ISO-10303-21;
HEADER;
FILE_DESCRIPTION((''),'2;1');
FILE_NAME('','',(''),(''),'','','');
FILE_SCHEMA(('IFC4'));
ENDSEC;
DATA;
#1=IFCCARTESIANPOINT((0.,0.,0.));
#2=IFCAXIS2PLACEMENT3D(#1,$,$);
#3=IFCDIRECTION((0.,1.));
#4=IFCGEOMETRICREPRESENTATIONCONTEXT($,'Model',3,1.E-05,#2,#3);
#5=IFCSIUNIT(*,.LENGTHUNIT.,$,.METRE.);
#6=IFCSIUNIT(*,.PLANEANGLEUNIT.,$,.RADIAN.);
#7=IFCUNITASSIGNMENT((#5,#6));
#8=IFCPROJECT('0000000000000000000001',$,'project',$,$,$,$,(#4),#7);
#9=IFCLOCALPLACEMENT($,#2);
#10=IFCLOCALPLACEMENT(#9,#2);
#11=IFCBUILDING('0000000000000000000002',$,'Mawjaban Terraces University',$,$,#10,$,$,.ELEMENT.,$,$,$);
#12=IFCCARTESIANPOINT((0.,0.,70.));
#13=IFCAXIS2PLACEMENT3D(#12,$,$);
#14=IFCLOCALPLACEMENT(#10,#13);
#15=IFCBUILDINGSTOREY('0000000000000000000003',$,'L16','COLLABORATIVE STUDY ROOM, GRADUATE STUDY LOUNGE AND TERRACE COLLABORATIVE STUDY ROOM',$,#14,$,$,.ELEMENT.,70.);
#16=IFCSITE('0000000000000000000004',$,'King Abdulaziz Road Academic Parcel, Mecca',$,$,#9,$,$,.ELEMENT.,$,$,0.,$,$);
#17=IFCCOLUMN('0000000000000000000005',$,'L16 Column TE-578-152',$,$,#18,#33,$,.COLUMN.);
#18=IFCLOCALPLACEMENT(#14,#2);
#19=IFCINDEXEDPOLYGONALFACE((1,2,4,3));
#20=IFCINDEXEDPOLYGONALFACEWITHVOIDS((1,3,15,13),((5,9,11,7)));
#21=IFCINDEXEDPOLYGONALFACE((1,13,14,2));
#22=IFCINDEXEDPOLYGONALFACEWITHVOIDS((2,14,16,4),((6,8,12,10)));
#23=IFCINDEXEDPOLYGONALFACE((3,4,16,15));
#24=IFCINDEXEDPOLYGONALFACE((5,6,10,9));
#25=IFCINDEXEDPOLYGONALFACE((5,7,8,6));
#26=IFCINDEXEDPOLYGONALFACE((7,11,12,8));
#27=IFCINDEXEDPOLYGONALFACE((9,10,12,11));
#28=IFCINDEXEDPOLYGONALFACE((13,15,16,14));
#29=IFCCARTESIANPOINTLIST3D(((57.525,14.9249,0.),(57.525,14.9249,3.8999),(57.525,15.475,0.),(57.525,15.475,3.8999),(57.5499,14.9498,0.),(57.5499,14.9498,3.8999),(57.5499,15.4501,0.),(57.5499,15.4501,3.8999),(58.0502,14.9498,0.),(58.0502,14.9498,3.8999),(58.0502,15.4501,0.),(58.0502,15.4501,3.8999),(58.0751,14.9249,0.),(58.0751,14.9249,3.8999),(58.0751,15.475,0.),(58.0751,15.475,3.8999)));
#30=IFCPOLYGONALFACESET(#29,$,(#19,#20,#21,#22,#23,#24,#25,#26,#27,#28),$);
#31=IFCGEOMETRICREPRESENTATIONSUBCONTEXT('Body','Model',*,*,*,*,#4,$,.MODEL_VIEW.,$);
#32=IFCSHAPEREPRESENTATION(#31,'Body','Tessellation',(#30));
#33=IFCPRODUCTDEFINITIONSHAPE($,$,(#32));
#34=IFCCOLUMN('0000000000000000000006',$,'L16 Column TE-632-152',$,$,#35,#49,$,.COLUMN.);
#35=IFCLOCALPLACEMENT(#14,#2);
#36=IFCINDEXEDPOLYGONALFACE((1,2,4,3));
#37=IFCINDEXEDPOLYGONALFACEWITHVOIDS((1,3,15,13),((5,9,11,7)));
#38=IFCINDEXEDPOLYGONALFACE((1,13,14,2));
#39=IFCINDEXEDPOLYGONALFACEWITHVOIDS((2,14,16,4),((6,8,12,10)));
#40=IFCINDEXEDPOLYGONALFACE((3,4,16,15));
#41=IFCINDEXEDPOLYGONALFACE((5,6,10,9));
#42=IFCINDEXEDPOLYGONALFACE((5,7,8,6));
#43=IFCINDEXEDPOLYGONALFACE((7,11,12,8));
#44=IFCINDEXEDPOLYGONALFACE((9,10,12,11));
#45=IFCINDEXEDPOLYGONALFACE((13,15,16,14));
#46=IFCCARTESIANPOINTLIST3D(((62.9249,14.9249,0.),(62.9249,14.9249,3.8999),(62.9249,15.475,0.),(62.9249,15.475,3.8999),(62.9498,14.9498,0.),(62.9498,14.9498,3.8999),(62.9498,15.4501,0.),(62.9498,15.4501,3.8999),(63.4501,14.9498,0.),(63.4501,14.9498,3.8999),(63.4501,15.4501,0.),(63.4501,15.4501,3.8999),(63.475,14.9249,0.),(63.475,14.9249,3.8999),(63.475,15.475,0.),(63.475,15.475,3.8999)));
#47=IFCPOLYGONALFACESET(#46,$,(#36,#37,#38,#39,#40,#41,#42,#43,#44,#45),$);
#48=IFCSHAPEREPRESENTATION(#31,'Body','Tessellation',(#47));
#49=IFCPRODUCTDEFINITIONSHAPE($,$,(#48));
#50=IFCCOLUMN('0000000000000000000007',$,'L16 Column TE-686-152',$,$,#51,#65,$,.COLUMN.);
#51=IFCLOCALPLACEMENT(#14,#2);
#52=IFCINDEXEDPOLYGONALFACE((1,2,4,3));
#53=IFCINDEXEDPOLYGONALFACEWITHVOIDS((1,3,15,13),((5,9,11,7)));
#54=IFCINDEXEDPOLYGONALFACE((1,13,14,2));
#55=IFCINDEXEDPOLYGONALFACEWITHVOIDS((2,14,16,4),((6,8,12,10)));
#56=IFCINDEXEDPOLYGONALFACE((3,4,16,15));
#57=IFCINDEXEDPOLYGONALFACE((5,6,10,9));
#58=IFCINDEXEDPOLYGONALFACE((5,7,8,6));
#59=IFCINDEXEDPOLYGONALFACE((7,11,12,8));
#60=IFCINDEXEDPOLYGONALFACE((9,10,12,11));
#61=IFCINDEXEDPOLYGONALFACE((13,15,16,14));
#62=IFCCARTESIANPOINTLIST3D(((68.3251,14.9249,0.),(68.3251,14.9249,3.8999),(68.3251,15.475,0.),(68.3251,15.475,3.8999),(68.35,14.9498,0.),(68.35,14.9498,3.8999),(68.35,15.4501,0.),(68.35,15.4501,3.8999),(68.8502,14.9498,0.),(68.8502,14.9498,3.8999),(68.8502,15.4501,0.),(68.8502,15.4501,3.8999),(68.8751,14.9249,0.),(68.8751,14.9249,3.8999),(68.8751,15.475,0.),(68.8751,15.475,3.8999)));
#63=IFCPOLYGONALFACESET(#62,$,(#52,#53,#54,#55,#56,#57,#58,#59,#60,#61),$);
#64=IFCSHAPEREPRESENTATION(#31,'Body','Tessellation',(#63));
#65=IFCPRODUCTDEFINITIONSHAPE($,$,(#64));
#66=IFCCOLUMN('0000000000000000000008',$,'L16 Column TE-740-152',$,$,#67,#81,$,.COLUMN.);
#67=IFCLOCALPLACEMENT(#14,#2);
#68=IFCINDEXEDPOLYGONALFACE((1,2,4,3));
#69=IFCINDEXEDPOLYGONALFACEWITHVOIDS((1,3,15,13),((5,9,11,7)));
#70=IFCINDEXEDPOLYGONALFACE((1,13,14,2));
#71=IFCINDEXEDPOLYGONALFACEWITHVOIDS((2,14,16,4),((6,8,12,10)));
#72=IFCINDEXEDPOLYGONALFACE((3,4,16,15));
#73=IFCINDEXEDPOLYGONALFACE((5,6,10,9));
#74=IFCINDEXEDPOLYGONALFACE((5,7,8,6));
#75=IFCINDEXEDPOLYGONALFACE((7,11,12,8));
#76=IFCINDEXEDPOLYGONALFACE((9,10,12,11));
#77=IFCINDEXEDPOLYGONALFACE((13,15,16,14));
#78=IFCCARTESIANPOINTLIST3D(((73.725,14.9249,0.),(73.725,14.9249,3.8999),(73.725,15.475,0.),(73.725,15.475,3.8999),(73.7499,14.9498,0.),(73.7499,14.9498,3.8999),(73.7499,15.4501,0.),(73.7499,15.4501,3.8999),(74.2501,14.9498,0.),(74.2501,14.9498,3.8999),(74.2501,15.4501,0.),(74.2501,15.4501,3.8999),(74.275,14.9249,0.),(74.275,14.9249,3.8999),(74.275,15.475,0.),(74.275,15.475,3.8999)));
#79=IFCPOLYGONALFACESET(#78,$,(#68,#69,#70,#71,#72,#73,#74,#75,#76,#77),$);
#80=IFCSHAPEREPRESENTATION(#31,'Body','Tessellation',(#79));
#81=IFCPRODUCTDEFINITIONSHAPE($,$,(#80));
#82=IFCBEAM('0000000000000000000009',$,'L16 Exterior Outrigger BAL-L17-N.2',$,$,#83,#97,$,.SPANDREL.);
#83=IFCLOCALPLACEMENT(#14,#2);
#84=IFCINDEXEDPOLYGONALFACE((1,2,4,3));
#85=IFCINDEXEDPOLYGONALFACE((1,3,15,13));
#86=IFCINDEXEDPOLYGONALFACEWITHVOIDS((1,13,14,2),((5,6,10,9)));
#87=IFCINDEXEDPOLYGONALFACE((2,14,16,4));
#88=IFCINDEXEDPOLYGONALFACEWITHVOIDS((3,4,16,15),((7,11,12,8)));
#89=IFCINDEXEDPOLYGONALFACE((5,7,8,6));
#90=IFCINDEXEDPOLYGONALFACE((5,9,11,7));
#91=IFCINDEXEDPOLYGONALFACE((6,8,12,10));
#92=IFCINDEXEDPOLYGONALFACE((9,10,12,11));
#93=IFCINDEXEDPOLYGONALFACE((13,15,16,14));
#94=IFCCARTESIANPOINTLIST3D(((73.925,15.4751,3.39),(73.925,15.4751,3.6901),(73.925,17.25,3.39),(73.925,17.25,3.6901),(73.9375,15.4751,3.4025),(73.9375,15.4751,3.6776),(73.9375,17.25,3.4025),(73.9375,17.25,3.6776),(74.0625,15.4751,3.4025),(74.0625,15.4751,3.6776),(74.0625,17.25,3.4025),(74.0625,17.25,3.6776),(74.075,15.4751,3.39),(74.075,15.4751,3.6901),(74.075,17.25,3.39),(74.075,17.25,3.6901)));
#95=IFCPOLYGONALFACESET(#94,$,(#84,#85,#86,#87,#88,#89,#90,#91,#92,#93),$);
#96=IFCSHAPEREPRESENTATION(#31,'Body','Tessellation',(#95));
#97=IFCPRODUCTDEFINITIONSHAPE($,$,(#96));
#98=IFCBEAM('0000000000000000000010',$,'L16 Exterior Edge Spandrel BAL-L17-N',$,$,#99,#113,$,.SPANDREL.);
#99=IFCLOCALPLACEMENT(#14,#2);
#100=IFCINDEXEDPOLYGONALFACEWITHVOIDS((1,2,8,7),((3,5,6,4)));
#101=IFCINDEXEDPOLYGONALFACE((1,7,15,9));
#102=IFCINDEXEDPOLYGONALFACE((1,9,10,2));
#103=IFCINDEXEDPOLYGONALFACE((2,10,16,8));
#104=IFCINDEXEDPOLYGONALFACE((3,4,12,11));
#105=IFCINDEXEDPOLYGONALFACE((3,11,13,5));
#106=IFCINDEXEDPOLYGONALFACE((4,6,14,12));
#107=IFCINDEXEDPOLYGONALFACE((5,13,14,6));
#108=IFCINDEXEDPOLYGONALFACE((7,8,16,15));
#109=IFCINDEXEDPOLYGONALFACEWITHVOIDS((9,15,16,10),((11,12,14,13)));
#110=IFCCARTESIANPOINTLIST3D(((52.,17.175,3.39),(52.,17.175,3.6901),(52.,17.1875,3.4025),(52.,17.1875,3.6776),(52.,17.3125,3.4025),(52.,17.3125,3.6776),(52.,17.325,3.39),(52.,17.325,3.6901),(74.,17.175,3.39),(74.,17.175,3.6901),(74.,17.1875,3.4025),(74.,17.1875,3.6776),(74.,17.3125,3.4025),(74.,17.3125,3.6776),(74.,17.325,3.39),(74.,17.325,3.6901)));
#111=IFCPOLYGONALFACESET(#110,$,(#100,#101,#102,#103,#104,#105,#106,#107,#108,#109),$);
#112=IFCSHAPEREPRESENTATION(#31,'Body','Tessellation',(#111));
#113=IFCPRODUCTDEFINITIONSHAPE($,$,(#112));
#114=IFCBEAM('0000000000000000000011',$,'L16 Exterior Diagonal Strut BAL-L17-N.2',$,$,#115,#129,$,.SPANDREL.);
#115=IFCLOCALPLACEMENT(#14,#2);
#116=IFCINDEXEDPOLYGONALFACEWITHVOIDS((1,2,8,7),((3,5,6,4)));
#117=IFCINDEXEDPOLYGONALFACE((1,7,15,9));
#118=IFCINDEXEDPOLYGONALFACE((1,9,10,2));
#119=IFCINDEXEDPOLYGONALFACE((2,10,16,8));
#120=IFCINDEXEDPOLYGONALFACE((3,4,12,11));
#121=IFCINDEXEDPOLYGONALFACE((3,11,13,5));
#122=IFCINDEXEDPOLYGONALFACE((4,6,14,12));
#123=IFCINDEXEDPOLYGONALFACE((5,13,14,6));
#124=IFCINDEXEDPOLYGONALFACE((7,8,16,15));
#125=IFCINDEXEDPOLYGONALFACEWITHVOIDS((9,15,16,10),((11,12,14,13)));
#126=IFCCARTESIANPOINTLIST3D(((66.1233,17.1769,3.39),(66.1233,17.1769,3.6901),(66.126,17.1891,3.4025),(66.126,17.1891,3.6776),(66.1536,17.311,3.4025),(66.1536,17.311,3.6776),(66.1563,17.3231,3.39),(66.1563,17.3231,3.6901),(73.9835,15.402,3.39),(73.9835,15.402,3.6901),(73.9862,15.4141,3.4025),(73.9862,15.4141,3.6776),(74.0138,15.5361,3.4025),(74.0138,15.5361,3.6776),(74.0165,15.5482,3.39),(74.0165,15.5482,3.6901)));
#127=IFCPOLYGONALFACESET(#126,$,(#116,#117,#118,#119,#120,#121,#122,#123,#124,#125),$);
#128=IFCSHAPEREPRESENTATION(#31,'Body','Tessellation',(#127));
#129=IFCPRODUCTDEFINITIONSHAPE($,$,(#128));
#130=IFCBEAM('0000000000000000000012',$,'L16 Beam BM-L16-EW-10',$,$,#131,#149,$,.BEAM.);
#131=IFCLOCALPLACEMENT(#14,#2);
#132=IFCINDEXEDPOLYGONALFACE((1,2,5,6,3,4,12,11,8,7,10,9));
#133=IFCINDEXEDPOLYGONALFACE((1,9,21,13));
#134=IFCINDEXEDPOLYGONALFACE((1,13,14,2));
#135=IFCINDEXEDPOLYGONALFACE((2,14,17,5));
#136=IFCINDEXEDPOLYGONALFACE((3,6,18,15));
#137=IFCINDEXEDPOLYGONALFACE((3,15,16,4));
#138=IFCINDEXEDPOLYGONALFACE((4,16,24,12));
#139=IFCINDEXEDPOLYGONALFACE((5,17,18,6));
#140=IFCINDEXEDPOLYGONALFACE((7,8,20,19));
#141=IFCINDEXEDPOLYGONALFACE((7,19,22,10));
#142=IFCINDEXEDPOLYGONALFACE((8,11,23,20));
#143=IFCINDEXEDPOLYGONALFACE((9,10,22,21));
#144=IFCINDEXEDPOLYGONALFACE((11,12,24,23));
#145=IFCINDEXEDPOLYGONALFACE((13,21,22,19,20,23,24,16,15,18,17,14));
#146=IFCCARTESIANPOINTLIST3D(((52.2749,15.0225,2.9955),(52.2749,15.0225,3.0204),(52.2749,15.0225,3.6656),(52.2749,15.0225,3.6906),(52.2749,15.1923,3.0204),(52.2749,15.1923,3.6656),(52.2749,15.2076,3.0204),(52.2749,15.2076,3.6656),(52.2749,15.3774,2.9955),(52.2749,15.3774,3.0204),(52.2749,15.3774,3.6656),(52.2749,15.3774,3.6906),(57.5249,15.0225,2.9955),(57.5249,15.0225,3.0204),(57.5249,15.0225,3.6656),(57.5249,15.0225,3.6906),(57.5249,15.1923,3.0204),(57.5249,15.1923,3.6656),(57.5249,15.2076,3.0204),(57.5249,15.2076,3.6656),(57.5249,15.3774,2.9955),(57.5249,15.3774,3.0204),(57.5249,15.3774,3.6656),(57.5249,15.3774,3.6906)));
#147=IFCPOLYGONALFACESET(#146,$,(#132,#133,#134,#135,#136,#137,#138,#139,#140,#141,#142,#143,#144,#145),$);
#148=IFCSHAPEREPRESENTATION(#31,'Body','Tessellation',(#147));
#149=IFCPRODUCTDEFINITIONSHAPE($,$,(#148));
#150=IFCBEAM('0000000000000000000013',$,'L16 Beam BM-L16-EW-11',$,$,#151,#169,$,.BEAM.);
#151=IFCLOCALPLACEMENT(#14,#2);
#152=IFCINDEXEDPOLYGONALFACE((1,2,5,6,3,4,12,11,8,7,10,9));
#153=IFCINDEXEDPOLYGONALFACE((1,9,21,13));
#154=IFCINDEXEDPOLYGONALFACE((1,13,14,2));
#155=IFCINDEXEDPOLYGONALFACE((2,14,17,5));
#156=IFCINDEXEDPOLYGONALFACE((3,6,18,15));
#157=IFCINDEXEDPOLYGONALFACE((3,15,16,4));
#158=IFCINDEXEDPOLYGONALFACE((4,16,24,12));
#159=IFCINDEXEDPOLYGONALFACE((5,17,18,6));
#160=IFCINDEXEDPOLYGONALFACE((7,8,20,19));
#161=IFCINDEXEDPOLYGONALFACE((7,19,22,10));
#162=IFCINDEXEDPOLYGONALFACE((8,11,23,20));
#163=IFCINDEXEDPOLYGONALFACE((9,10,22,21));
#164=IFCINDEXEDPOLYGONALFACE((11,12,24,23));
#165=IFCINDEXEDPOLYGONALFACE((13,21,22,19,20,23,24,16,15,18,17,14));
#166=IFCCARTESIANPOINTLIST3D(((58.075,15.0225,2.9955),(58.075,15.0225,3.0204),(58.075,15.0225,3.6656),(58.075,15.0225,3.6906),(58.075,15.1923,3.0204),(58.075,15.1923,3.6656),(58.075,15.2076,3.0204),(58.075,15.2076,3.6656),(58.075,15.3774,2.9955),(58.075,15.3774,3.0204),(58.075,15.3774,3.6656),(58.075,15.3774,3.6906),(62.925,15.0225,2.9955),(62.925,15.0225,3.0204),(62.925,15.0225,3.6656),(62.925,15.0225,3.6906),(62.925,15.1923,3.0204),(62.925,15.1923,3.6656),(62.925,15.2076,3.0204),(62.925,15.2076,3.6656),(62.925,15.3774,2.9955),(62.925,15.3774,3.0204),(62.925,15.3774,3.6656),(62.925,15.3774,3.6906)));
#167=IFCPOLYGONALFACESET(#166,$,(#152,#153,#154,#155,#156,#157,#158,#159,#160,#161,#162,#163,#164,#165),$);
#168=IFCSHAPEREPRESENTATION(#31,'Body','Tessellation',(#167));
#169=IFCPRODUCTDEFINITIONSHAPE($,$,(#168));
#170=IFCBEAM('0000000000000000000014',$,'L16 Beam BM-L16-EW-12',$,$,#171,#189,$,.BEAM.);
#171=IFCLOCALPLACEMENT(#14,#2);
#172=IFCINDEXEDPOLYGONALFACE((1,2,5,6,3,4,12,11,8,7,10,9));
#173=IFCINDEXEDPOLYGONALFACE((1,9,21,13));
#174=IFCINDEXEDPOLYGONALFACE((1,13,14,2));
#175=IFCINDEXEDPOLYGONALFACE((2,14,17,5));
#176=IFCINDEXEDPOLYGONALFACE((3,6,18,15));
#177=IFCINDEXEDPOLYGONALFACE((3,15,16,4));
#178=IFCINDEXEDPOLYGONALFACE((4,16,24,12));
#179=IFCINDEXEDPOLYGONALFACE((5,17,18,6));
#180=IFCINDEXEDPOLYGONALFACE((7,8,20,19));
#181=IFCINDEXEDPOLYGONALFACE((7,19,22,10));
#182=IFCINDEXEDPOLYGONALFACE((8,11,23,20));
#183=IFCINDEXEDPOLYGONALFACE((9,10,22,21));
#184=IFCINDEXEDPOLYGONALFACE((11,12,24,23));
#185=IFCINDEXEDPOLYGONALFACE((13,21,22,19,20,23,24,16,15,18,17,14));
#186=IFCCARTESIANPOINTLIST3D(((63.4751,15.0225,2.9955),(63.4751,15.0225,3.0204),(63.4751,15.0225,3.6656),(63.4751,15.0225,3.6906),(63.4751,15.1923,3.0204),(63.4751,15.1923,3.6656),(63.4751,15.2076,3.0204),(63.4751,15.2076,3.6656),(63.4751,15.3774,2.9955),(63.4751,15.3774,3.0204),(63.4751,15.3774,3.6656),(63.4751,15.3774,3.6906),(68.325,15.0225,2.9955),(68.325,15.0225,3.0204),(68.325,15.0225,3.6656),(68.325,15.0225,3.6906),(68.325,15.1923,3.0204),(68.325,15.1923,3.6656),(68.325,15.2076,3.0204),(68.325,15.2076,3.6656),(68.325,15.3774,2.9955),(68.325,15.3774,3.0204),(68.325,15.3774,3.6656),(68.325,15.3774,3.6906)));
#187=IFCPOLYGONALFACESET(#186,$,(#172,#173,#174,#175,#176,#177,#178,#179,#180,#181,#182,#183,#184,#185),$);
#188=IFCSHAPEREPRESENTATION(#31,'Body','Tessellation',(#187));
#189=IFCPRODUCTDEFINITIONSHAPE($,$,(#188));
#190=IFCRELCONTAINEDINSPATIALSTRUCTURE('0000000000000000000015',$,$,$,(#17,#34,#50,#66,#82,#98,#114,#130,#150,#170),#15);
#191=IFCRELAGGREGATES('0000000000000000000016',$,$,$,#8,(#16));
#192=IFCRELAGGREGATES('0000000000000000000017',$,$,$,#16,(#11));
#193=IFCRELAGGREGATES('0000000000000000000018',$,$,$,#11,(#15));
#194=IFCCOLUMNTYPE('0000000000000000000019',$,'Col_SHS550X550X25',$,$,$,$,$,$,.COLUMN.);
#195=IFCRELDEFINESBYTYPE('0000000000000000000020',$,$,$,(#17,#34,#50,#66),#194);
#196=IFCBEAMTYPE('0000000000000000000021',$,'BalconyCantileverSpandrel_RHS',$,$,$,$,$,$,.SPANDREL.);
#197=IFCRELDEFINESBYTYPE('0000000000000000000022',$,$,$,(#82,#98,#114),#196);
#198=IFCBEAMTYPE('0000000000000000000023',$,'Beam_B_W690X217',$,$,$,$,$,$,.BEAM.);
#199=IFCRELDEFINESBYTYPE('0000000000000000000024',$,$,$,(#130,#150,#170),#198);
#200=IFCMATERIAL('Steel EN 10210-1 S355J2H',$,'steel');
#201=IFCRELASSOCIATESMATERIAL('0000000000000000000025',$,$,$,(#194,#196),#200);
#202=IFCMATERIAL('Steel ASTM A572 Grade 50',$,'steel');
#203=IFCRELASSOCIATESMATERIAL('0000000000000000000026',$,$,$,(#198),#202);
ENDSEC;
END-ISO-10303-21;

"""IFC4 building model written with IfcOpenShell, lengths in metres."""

from ifc_helpers import new_model, si_unit, direction, frame, origin, origin_2d, place, context, subcontext, project, spatial, hollow_rectangle, i_section, extrude, material, material_profile, profile_set, type_object, element, save


model = new_model("IFC4")

# Units and contexts
model_context = context("Model", 3, precision=1e-05, world=origin(), true_north=direction((0.0, 1.0)))
body_context = subcontext(model_context, "Body", "Model", "MODEL_VIEW")
ifc_project = project(units=[si_unit("LENGTHUNIT", "METRE"), si_unit("PLANEANGLEUNIT", "RADIAN")], contexts=[model_context])

# Site, building, storey
site_placement = place(None, origin())
site = spatial("IfcSite", under=ifc_project, at=site_placement, Name="King Abdulaziz Road Academic Parcel, Mecca", CompositionType="ELEMENT", RefElevation=0.0)
building_placement = place(site_placement, origin())
building = spatial("IfcBuilding", under=site, at=building_placement, Name="Mawjaban Terraces University", CompositionType="ELEMENT")
storey_placement = place(building_placement, frame((0.0, 0.0, 70.0)))
storey = spatial("IfcBuildingStorey", under=building, at=storey_placement, Name="L16", Description="COLLABORATIVE STUDY ROOM, GRADUATE STUDY LOUNGE AND TERRACE COLLABORATIVE STUDY ROOM", CompositionType="ELEMENT", Elevation=70.0)

# Columns
ifc_material_1 = material(Name="Steel EN 10210-1 S355J2H", Category="steel")
ifc_material_profile_1 = material_profile(ifc_material_1, hollow_rectangle(XDim=0.55, YDim=0.55, WallThickness=0.0249, at=origin_2d()), Name="SHS550X550X25")
ifc_profile_set_1 = profile_set([ifc_material_profile_1], Name="Steel EN 10210-1 S355J2H")
column_type = type_object("IfcColumnType", Name="Col_SHS550X550X25", PredefinedType="COLUMN", material=ifc_profile_set_1)
for number, where, z_axis, x_axis, name in (
    (1, (57.8, 15.2, 0.0), (0.0, 0.0, 1.0), (1.0, 0.0, 0.0), "L16 Column TE-578-152"),
    (2, (63.2, 15.2, 0.0), (0.0, 0.0, 1.0), (1.0, 0.0, 0.0), "L16 Column TE-632-152"),
    (3, (68.6001, 15.2, 0.0), (0.0, 0.0, 1.0), (1.0, 0.0, 0.0), "L16 Column TE-686-152"),
    (4, (74.0, 15.2, 0.0), (0.0, 0.0, 1.0), (1.0, 0.0, 0.0), "L16 Column TE-740-152"),
):
    element("IfcColumn", number, at=place(storey_placement, frame(where, z_axis=z_axis, x_axis=x_axis)), inside=storey, type_object=column_type, Name=name, PredefinedType="COLUMN", context=body_context, shape_type="SweptSolid", body=[
        extrude(hollow_rectangle(XDim=0.55, YDim=0.55, WallThickness=0.0249, at=origin_2d()), origin(), (0.0, 0.0, 1.0), 3.8999),
    ])

# Beams
ifc_material_profile_2 = material_profile(ifc_material_1, hollow_rectangle(XDim=0.1499, YDim=0.3, WallThickness=0.0125, at=origin_2d()), Name="RHS300X150X12.5")
ifc_profile_set_2 = profile_set([ifc_material_profile_2], Name="Steel EN 10210-1 S355J2H")
beam_type_1 = type_object("IfcBeamType", Name="BalconyCantileverSpandrel_RHS", PredefinedType="SPANDREL", material=ifc_profile_set_2)
beam_1_placement = place(storey_placement, frame((74.0, 15.4751, 3.54), z_axis=(0.0, 1.0, 0.0), x_axis=(-1.0, 0.0, 0.0)))
element("IfcBeam", 5, at=beam_1_placement, inside=storey, type_object=beam_type_1, Name="L16 Exterior Outrigger BAL-L17-N.2", PredefinedType="SPANDREL", context=body_context, shape_type="SweptSolid", body=[
    extrude(hollow_rectangle(XDim=0.1499, YDim=0.3, WallThickness=0.0125, at=origin_2d()), origin(), (0.0, 0.0, 1.0), 1.7749),
])
beam_2_placement = place(storey_placement, frame((52.0, 17.25, 3.54), z_axis=(1.0, 0.0, 0.0), x_axis=(0.0, 1.0, 0.0)))
element("IfcBeam", 6, at=beam_2_placement, inside=storey, type_object=beam_type_1, Name="L16 Exterior Edge Spandrel BAL-L17-N", PredefinedType="SPANDREL", context=body_context, shape_type="SweptSolid", body=[
    extrude(hollow_rectangle(XDim=0.1499, YDim=0.3, WallThickness=0.0125, at=origin_2d()), origin(), (0.0, 0.0, 1.0), 22.0),
])
beam_3_placement = place(storey_placement, frame((74.0, 15.4751, 3.54), z_axis=(-0.97544, 0.220266, 0.0), x_axis=(-0.220266, -0.97544, 0.0)))
element("IfcBeam", 7, at=beam_3_placement, inside=storey, type_object=beam_type_1, Name="L16 Exterior Diagonal Strut BAL-L17-N.2", PredefinedType="SPANDREL", context=body_context, shape_type="SweptSolid", body=[
    extrude(hollow_rectangle(XDim=0.1499, YDim=0.3, WallThickness=0.0125, at=origin_2d()), origin(), (0.0, 0.0, 1.0), 8.0581),
])
ifc_material_2 = material(Name="Steel ASTM A572 Grade 50", Category="steel")
ifc_material_profile_3 = material_profile(ifc_material_2, i_section(OverallWidth=0.355, OverallDepth=0.6951, WebThickness=0.0154, FlangeThickness=0.0249, at=origin_2d()), Name="W690X217")
ifc_profile_set_3 = profile_set([ifc_material_profile_3], Name="Steel ASTM A572 Grade 50")
beam_type_2 = type_object("IfcBeamType", Name="Beam_B_W690X217", PredefinedType="BEAM", material=ifc_profile_set_3)
beam_4_placement = place(storey_placement, frame((52.2749, 15.2, 3.343), z_axis=(1.0, 0.0, 0.0), x_axis=(0.0, 1.0, 0.0)))
element("IfcBeam", 8, at=beam_4_placement, inside=storey, type_object=beam_type_2, Name="L16 Beam BM-L16-EW-10", PredefinedType="BEAM", context=body_context, shape_type="SweptSolid", body=[
    extrude(i_section(OverallWidth=0.355, OverallDepth=0.6951, WebThickness=0.0154, FlangeThickness=0.0249, at=origin_2d()), origin(), (0.0, 0.0, 1.0), 5.25),
])
beam_5_placement = place(storey_placement, frame((58.075, 15.2, 3.343), z_axis=(1.0, 0.0, 0.0), x_axis=(0.0, 1.0, 0.0)))
element("IfcBeam", 9, at=beam_5_placement, inside=storey, type_object=beam_type_2, Name="L16 Beam BM-L16-EW-11", PredefinedType="BEAM", context=body_context, shape_type="SweptSolid", body=[
    extrude(i_section(OverallWidth=0.355, OverallDepth=0.6951, WebThickness=0.0154, FlangeThickness=0.0249, at=origin_2d()), origin(), (0.0, 0.0, 1.0), 4.8501),
])
beam_6_placement = place(storey_placement, frame((63.4751, 15.2, 3.343), z_axis=(1.0, 0.0, 0.0), x_axis=(0.0, 1.0, 0.0)))
element("IfcBeam", 10, at=beam_6_placement, inside=storey, type_object=beam_type_2, Name="L16 Beam BM-L16-EW-12", PredefinedType="BEAM", context=body_context, shape_type="SweptSolid", body=[
    extrude(i_section(OverallWidth=0.355, OverallDepth=0.6951, WebThickness=0.0154, FlangeThickness=0.0249, at=origin_2d()), origin(), (0.0, 0.0, 1.0), 4.8499),
])

save(model, "model.ifc")
